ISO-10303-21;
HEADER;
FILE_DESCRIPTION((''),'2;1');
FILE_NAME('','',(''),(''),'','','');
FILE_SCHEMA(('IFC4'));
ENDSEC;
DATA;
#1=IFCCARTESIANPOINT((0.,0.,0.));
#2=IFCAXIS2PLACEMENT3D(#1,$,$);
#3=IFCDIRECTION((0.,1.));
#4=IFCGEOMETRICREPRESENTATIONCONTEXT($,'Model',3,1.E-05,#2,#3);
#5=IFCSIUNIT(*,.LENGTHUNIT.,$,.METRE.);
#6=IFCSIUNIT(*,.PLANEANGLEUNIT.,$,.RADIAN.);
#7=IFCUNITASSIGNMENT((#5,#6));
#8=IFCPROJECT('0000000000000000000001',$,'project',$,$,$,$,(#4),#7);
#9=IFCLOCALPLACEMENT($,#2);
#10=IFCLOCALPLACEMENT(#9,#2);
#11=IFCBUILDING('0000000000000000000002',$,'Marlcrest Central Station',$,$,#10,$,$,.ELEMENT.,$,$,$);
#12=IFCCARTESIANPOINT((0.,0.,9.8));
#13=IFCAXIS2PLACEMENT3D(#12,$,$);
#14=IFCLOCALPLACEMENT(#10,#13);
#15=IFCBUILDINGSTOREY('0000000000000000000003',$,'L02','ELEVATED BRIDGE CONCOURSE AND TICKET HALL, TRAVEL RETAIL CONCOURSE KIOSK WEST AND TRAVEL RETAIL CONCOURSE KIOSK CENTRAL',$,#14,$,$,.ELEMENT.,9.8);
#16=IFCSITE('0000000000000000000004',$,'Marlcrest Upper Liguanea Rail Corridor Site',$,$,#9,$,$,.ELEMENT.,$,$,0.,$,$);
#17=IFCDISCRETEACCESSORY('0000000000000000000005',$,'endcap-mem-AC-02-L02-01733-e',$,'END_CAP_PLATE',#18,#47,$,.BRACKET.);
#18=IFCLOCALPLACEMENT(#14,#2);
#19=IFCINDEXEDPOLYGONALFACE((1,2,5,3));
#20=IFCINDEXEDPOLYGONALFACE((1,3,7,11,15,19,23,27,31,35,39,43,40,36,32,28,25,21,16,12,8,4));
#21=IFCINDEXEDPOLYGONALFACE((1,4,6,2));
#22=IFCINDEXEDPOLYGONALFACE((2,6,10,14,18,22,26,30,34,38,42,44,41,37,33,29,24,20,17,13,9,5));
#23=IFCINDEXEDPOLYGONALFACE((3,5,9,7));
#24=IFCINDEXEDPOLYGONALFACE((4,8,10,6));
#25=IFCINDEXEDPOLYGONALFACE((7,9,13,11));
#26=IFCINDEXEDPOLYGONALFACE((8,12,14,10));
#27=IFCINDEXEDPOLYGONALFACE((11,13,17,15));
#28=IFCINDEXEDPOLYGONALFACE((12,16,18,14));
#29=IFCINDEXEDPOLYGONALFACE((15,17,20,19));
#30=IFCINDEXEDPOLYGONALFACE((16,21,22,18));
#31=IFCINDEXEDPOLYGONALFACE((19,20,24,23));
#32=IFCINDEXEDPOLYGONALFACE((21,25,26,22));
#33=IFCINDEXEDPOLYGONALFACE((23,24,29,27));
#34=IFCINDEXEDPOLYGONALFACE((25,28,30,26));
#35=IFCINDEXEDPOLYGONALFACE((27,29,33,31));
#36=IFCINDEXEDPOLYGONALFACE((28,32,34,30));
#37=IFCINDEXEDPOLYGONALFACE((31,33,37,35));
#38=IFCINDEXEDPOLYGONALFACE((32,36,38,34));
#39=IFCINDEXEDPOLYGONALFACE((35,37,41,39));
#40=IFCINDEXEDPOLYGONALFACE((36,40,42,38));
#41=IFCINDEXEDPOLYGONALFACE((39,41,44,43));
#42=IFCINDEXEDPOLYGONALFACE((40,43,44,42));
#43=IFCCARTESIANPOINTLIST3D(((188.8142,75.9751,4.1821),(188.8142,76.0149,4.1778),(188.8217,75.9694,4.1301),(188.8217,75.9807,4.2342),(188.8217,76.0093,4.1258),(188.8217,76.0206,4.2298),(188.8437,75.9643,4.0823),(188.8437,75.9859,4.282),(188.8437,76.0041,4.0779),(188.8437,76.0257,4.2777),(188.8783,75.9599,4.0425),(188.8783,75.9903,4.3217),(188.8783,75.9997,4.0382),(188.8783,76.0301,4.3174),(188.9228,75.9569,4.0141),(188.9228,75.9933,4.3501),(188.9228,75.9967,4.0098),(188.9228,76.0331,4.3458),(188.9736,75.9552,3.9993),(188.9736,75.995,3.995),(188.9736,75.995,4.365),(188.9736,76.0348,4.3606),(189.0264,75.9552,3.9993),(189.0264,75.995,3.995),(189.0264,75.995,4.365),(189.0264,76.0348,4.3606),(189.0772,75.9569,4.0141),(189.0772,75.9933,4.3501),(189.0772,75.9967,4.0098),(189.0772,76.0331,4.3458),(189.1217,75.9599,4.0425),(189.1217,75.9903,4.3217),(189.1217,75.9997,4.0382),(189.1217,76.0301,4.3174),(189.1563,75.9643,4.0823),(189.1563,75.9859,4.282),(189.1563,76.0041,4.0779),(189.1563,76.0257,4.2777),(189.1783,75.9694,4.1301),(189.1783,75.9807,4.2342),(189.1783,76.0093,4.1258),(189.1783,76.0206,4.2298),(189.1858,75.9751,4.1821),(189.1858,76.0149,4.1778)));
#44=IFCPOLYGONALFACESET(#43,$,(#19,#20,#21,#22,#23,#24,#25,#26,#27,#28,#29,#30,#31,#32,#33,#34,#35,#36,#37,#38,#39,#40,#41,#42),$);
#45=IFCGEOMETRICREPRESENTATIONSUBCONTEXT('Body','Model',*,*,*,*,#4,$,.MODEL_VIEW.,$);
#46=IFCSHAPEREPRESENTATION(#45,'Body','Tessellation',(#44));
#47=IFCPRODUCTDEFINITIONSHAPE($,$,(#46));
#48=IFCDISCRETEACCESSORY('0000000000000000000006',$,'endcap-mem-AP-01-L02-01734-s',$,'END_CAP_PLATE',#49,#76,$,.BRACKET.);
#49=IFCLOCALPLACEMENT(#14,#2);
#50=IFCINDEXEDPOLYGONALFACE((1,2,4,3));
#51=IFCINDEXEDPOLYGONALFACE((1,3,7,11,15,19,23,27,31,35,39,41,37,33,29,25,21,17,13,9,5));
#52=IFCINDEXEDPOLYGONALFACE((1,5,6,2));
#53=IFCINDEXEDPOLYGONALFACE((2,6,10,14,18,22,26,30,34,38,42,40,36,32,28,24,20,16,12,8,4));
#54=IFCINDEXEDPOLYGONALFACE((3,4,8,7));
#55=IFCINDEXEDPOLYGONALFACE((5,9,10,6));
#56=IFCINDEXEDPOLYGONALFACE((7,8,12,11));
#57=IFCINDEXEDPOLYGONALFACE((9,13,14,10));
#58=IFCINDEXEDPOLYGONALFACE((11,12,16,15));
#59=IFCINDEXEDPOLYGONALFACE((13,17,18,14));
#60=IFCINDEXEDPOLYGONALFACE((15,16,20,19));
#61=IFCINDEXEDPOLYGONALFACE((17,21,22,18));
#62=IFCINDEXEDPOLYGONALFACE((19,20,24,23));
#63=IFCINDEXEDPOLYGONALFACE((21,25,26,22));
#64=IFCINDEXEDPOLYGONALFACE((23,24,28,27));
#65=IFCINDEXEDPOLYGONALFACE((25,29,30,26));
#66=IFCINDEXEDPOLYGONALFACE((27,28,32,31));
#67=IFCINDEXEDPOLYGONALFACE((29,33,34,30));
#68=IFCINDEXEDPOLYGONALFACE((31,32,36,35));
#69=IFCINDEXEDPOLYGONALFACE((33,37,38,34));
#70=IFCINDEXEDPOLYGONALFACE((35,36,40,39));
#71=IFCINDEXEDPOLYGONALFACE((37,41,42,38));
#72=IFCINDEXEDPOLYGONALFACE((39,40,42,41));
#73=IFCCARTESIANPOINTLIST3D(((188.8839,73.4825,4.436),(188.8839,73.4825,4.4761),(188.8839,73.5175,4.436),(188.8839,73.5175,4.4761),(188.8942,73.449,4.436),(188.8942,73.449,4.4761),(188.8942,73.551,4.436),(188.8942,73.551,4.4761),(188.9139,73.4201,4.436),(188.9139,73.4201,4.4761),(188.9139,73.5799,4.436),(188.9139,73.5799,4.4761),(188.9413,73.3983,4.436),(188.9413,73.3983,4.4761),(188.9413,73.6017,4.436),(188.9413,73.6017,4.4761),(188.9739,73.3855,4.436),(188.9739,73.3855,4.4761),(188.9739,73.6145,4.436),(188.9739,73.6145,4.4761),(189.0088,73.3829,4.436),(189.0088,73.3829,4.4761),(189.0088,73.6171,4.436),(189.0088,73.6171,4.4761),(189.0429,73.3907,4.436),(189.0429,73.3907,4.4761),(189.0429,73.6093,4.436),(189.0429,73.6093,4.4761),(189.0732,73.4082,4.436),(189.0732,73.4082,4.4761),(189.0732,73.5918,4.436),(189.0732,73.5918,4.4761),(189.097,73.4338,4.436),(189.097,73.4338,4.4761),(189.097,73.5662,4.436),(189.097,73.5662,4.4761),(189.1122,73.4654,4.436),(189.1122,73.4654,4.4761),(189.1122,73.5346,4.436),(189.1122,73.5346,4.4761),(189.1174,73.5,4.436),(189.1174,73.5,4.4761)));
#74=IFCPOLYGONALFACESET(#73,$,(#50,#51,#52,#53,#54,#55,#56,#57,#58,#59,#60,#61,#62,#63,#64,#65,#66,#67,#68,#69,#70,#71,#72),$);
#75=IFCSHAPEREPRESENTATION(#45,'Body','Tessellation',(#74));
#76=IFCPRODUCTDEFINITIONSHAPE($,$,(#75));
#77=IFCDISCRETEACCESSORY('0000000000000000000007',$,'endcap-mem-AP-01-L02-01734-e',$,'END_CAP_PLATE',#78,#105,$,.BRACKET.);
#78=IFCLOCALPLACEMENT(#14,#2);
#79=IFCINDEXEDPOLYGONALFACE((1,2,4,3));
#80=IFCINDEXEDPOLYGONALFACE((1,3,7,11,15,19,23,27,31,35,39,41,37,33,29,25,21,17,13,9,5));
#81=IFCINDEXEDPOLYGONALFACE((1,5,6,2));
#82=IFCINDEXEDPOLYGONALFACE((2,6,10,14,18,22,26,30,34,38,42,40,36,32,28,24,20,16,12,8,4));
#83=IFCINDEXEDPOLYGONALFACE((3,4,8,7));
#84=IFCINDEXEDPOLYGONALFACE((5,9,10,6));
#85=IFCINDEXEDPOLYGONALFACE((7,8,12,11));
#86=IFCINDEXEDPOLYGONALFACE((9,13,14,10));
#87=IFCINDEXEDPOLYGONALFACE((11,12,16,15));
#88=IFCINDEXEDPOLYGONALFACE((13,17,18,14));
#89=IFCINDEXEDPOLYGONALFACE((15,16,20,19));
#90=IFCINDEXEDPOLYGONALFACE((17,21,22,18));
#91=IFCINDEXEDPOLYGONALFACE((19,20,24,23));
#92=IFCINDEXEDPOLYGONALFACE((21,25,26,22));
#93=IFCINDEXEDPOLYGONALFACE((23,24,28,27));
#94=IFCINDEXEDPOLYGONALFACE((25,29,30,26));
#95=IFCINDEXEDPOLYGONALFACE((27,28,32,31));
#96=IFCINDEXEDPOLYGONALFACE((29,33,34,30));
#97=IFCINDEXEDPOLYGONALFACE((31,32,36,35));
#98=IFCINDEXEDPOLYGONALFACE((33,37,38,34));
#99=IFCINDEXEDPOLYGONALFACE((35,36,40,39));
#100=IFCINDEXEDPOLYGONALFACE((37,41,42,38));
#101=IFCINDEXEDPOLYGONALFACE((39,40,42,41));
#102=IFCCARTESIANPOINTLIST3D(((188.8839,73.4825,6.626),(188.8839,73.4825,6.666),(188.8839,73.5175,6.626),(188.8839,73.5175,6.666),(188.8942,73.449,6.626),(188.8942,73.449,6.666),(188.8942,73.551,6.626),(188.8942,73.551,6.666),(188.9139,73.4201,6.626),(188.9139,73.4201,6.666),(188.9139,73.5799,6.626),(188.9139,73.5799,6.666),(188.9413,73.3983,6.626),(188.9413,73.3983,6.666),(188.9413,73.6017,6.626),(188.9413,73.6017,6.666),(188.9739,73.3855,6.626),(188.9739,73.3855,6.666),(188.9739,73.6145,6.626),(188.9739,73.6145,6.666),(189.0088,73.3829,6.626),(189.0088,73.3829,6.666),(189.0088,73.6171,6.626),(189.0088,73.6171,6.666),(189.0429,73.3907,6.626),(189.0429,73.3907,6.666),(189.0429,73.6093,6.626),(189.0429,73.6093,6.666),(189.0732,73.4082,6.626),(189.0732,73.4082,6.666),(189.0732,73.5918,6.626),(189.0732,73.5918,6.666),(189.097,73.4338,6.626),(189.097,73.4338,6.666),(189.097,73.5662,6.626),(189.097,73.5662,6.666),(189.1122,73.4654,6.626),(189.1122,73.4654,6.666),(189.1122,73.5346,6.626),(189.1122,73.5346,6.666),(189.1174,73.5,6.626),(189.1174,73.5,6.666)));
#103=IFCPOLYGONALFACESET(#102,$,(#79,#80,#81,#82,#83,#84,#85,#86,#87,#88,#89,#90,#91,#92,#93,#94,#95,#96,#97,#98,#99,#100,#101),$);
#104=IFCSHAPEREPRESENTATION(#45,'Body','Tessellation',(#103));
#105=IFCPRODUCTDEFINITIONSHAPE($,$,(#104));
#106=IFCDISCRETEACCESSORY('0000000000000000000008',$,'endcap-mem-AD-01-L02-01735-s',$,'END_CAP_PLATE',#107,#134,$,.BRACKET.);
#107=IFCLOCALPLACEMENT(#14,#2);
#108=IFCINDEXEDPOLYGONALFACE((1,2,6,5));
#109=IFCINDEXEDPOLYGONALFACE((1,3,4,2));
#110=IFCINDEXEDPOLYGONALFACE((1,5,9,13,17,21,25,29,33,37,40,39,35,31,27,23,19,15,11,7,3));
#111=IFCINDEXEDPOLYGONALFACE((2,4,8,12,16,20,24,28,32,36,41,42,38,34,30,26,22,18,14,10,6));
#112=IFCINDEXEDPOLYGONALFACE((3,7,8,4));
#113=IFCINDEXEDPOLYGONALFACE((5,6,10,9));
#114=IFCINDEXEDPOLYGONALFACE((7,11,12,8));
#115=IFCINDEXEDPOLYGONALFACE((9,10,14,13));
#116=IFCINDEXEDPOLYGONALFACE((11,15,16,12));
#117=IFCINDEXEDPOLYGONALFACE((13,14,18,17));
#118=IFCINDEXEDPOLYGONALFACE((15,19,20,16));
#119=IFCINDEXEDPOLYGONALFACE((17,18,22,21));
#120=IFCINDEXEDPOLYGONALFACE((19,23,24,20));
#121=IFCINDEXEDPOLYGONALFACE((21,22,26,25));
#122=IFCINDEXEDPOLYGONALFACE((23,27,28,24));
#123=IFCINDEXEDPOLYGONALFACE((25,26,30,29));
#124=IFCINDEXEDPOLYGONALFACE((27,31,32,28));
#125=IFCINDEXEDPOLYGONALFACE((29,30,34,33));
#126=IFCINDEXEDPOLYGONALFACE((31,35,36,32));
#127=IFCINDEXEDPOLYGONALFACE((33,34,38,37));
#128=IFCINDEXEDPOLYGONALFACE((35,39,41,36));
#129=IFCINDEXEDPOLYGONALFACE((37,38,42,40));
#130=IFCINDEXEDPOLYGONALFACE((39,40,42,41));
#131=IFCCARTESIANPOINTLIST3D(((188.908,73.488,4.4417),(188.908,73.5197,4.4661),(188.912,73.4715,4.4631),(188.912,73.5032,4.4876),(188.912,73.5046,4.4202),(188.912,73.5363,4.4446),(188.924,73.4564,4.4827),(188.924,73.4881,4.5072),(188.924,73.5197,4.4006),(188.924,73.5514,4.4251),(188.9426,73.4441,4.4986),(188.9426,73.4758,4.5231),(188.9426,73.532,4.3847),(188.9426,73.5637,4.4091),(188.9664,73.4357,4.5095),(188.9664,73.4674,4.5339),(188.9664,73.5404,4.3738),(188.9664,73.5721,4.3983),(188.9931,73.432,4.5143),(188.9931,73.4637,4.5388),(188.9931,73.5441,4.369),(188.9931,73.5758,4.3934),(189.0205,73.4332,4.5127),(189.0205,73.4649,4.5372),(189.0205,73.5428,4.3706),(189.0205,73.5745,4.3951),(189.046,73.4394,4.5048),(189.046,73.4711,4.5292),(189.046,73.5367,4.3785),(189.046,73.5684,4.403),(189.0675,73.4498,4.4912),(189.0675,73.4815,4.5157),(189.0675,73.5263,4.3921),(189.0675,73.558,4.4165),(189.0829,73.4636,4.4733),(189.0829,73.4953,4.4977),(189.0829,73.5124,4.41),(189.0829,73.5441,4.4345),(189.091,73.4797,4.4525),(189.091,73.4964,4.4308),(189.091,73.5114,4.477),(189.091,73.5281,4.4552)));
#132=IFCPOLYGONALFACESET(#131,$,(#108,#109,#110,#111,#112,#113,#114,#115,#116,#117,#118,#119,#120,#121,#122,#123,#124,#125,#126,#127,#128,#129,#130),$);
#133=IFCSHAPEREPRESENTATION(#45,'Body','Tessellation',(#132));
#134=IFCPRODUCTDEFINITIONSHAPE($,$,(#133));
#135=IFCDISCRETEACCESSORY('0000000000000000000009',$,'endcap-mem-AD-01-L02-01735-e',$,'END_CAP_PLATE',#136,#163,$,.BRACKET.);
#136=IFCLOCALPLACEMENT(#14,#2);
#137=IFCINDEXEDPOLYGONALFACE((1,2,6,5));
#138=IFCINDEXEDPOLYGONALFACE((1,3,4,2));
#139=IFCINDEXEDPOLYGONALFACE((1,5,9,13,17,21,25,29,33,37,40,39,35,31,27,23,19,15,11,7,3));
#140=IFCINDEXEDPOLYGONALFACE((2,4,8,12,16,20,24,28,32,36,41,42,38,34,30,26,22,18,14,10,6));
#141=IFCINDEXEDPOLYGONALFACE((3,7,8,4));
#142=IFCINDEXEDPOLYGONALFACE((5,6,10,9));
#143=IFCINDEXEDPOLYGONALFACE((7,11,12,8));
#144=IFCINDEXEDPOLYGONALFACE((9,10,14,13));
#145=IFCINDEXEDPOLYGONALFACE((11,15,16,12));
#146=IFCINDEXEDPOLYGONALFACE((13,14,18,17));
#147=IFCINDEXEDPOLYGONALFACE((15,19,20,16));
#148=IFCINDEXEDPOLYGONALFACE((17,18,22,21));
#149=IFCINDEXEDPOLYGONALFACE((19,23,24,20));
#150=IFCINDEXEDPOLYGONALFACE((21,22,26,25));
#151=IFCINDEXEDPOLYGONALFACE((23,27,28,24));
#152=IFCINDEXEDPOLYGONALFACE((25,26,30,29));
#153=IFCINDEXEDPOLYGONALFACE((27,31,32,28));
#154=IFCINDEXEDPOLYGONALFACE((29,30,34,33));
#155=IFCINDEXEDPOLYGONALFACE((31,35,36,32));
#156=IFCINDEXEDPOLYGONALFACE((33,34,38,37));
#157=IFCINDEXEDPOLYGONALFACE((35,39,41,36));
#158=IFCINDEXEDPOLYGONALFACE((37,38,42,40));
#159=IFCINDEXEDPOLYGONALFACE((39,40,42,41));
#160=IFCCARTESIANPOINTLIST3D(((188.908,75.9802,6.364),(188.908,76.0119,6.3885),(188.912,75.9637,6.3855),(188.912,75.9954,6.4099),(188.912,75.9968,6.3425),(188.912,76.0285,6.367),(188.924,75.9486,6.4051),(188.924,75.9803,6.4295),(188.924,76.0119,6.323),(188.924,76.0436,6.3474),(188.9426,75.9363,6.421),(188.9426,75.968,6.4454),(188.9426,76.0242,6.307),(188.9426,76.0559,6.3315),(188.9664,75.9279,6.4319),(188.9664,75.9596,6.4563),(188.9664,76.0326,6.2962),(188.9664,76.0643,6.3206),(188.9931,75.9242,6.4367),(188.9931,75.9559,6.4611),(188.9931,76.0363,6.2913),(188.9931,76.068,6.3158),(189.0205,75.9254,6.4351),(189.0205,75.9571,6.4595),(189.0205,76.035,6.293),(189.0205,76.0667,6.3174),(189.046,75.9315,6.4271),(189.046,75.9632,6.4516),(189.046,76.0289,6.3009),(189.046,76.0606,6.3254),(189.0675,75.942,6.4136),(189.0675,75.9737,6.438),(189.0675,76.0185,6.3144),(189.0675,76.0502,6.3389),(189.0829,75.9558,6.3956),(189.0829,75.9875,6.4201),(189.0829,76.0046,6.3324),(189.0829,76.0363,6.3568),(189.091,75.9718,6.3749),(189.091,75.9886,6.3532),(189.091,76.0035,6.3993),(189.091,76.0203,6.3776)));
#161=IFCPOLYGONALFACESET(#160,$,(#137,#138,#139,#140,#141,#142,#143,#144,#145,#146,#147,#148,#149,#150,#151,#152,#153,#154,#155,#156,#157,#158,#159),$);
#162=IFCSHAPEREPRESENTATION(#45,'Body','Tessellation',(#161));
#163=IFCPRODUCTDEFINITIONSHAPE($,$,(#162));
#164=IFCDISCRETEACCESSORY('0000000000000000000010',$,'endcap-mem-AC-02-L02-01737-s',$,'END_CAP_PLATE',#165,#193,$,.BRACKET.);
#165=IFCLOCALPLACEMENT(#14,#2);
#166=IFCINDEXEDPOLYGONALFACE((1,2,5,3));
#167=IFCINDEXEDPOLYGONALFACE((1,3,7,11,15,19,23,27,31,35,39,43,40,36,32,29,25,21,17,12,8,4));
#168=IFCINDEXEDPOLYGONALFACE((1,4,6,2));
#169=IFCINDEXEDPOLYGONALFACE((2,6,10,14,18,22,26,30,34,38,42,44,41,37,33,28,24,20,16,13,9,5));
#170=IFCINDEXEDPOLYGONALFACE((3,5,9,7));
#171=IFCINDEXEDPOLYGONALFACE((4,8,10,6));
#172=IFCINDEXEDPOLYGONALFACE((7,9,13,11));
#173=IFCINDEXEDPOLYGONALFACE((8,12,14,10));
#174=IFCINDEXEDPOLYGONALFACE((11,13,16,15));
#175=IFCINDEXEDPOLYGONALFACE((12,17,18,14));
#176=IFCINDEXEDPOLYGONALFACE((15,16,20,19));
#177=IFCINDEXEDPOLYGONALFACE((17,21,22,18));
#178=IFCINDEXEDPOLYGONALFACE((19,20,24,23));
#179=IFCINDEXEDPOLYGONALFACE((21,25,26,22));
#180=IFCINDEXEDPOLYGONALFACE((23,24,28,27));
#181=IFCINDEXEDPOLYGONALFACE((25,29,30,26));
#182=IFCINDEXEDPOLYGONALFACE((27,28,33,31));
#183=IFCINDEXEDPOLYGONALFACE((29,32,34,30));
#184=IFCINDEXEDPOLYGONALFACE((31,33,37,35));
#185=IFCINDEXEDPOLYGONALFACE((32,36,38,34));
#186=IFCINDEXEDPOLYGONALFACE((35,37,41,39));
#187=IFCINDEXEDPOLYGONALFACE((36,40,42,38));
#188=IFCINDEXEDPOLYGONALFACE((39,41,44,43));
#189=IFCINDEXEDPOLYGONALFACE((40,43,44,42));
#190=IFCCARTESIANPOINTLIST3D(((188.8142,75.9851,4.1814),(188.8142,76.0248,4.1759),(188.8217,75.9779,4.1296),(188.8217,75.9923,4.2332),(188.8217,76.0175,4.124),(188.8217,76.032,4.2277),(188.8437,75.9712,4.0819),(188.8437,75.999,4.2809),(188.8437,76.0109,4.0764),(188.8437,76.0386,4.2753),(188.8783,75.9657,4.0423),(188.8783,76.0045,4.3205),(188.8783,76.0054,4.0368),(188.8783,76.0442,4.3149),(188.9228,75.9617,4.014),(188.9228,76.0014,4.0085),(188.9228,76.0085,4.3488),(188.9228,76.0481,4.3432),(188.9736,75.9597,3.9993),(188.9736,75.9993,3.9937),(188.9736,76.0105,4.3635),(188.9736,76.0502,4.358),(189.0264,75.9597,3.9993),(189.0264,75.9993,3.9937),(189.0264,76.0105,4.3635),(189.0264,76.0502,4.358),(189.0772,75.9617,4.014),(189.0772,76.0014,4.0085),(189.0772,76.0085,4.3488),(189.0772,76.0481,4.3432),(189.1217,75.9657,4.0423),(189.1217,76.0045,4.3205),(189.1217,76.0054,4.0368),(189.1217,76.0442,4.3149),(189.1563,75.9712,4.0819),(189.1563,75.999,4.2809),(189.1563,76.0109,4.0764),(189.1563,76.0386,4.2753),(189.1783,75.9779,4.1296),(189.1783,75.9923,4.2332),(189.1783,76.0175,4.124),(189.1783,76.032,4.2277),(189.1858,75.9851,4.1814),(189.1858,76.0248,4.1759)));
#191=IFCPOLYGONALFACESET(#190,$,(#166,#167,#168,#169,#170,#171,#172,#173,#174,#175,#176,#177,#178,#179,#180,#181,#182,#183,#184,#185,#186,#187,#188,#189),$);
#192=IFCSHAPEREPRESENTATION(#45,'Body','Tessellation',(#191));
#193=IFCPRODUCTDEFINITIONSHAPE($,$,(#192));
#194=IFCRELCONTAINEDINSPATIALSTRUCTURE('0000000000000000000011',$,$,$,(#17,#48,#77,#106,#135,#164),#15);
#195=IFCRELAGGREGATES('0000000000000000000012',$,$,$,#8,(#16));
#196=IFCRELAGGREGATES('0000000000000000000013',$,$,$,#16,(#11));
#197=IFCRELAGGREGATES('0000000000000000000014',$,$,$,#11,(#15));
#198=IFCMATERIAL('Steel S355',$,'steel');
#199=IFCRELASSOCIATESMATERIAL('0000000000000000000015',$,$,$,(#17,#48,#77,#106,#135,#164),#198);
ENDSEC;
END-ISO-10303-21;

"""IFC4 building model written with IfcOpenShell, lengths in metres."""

from ifc_helpers import new_model, si_unit, direction, frame, origin, origin_2d, place, context, subcontext, project, spatial, circle, extrude, material, element, save


model = new_model("IFC4")

# Units and contexts
model_context = context("Model", 3, precision=1e-05, world=origin(), true_north=direction((0.0, 1.0)))
body_context = subcontext(model_context, "Body", "Model", "MODEL_VIEW")
ifc_project = project(units=[si_unit("LENGTHUNIT", "METRE"), si_unit("PLANEANGLEUNIT", "RADIAN")], contexts=[model_context])

# Site, building, storey
site_placement = place(None, origin())
site = spatial("IfcSite", under=ifc_project, at=site_placement, Name="Marlcrest Upper Liguanea Rail Corridor Site", CompositionType="ELEMENT", RefElevation=0.0)
building_placement = place(site_placement, origin())
building = spatial("IfcBuilding", under=site, at=building_placement, Name="Marlcrest Central Station", CompositionType="ELEMENT")
storey_placement = place(building_placement, frame((0.0, 0.0, 9.8)))
storey = spatial("IfcBuildingStorey", under=building, at=storey_placement, Name="L02", Description="ELEVATED BRIDGE CONCOURSE AND TICKET HALL, TRAVEL RETAIL CONCOURSE KIOSK WEST AND TRAVEL RETAIL CONCOURSE KIOSK CENTRAL", CompositionType="ELEMENT", Elevation=9.8)

# Shared definitions
ifc_material = material(Name="Steel S355", Category="steel")

# Discrete accessories
for number, where, z_axis, x_axis, name in (
    (1, (189.0, 75.9751, 4.1821), (0.0, 0.994155, -0.107959), (-1.0, 0.0, 0.0), "endcap-mem-AC-02-L02-01733-e"),
):
    element("IfcDiscreteAccessory", number, at=place(storey_placement, frame(where, z_axis=z_axis, x_axis=x_axis)), inside=storey, material=ifc_material, Name=name, ObjectType="END_CAP_PLATE", PredefinedType="BRACKET", context=body_context, shape_type="SweptSolid", body=[
        extrude(circle(Radius=0.1858, at=origin_2d()), origin(), (0.0, 0.0, 1.0), 0.04),
    ])
for number, where, z_axis, x_axis, name in (
    (2, (189.0, 73.5, 4.436), (0.0, 0.0, 1.0), (1.0, 0.0, 0.0), "endcap-mem-AP-01-L02-01734-s"),
    (3, (189.0, 73.5, 6.626), (0.0, 0.0, 1.0), (1.0, 0.0, 0.0), "endcap-mem-AP-01-L02-01734-e"),
):
    element("IfcDiscreteAccessory", number, at=place(storey_placement, frame(where, z_axis=z_axis, x_axis=x_axis)), inside=storey, material=ifc_material, Name=name, ObjectType="END_CAP_PLATE", PredefinedType="BRACKET", context=body_context, shape_type="SweptSolid", body=[
        extrude(circle(Radius=0.1174, at=origin_2d()), origin(), (0.0, 0.0, 1.0), 0.04),
    ])
for number, where, z_axis, x_axis, name in (
    (4, (189.0, 73.488, 4.4417), (0.0, 0.791798, 0.610783), (-1.0, 0.0, 0.0), "endcap-mem-AD-01-L02-01735-s"),
    (5, (189.0, 75.9802, 6.364), (0.0, 0.791798, 0.610783), (-1.0, 0.0, 0.0), "endcap-mem-AD-01-L02-01735-e"),
):
    element("IfcDiscreteAccessory", number, at=place(storey_placement, frame(where, z_axis=z_axis, x_axis=x_axis)), inside=storey, material=ifc_material, Name=name, ObjectType="END_CAP_PLATE", PredefinedType="BRACKET", context=body_context, shape_type="SweptSolid", body=[
        extrude(circle(Radius=0.092, at=origin_2d()), origin(), (0.0, 0.0, 1.0), 0.04),
    ])
for number, where, z_axis, x_axis, name in (
    (6, (189.0, 75.9851, 4.1814), (0.0, 0.990403, -0.138211), (-1.0, 0.0, 0.0), "endcap-mem-AC-02-L02-01737-s"),
):
    element("IfcDiscreteAccessory", number, at=place(storey_placement, frame(where, z_axis=z_axis, x_axis=x_axis)), inside=storey, material=ifc_material, Name=name, ObjectType="END_CAP_PLATE", PredefinedType="BRACKET", context=body_context, shape_type="SweptSolid", body=[
        extrude(circle(Radius=0.1858, at=origin_2d()), origin(), (0.0, 0.0, 1.0), 0.04),
    ])

save(model, "model.ifc")
